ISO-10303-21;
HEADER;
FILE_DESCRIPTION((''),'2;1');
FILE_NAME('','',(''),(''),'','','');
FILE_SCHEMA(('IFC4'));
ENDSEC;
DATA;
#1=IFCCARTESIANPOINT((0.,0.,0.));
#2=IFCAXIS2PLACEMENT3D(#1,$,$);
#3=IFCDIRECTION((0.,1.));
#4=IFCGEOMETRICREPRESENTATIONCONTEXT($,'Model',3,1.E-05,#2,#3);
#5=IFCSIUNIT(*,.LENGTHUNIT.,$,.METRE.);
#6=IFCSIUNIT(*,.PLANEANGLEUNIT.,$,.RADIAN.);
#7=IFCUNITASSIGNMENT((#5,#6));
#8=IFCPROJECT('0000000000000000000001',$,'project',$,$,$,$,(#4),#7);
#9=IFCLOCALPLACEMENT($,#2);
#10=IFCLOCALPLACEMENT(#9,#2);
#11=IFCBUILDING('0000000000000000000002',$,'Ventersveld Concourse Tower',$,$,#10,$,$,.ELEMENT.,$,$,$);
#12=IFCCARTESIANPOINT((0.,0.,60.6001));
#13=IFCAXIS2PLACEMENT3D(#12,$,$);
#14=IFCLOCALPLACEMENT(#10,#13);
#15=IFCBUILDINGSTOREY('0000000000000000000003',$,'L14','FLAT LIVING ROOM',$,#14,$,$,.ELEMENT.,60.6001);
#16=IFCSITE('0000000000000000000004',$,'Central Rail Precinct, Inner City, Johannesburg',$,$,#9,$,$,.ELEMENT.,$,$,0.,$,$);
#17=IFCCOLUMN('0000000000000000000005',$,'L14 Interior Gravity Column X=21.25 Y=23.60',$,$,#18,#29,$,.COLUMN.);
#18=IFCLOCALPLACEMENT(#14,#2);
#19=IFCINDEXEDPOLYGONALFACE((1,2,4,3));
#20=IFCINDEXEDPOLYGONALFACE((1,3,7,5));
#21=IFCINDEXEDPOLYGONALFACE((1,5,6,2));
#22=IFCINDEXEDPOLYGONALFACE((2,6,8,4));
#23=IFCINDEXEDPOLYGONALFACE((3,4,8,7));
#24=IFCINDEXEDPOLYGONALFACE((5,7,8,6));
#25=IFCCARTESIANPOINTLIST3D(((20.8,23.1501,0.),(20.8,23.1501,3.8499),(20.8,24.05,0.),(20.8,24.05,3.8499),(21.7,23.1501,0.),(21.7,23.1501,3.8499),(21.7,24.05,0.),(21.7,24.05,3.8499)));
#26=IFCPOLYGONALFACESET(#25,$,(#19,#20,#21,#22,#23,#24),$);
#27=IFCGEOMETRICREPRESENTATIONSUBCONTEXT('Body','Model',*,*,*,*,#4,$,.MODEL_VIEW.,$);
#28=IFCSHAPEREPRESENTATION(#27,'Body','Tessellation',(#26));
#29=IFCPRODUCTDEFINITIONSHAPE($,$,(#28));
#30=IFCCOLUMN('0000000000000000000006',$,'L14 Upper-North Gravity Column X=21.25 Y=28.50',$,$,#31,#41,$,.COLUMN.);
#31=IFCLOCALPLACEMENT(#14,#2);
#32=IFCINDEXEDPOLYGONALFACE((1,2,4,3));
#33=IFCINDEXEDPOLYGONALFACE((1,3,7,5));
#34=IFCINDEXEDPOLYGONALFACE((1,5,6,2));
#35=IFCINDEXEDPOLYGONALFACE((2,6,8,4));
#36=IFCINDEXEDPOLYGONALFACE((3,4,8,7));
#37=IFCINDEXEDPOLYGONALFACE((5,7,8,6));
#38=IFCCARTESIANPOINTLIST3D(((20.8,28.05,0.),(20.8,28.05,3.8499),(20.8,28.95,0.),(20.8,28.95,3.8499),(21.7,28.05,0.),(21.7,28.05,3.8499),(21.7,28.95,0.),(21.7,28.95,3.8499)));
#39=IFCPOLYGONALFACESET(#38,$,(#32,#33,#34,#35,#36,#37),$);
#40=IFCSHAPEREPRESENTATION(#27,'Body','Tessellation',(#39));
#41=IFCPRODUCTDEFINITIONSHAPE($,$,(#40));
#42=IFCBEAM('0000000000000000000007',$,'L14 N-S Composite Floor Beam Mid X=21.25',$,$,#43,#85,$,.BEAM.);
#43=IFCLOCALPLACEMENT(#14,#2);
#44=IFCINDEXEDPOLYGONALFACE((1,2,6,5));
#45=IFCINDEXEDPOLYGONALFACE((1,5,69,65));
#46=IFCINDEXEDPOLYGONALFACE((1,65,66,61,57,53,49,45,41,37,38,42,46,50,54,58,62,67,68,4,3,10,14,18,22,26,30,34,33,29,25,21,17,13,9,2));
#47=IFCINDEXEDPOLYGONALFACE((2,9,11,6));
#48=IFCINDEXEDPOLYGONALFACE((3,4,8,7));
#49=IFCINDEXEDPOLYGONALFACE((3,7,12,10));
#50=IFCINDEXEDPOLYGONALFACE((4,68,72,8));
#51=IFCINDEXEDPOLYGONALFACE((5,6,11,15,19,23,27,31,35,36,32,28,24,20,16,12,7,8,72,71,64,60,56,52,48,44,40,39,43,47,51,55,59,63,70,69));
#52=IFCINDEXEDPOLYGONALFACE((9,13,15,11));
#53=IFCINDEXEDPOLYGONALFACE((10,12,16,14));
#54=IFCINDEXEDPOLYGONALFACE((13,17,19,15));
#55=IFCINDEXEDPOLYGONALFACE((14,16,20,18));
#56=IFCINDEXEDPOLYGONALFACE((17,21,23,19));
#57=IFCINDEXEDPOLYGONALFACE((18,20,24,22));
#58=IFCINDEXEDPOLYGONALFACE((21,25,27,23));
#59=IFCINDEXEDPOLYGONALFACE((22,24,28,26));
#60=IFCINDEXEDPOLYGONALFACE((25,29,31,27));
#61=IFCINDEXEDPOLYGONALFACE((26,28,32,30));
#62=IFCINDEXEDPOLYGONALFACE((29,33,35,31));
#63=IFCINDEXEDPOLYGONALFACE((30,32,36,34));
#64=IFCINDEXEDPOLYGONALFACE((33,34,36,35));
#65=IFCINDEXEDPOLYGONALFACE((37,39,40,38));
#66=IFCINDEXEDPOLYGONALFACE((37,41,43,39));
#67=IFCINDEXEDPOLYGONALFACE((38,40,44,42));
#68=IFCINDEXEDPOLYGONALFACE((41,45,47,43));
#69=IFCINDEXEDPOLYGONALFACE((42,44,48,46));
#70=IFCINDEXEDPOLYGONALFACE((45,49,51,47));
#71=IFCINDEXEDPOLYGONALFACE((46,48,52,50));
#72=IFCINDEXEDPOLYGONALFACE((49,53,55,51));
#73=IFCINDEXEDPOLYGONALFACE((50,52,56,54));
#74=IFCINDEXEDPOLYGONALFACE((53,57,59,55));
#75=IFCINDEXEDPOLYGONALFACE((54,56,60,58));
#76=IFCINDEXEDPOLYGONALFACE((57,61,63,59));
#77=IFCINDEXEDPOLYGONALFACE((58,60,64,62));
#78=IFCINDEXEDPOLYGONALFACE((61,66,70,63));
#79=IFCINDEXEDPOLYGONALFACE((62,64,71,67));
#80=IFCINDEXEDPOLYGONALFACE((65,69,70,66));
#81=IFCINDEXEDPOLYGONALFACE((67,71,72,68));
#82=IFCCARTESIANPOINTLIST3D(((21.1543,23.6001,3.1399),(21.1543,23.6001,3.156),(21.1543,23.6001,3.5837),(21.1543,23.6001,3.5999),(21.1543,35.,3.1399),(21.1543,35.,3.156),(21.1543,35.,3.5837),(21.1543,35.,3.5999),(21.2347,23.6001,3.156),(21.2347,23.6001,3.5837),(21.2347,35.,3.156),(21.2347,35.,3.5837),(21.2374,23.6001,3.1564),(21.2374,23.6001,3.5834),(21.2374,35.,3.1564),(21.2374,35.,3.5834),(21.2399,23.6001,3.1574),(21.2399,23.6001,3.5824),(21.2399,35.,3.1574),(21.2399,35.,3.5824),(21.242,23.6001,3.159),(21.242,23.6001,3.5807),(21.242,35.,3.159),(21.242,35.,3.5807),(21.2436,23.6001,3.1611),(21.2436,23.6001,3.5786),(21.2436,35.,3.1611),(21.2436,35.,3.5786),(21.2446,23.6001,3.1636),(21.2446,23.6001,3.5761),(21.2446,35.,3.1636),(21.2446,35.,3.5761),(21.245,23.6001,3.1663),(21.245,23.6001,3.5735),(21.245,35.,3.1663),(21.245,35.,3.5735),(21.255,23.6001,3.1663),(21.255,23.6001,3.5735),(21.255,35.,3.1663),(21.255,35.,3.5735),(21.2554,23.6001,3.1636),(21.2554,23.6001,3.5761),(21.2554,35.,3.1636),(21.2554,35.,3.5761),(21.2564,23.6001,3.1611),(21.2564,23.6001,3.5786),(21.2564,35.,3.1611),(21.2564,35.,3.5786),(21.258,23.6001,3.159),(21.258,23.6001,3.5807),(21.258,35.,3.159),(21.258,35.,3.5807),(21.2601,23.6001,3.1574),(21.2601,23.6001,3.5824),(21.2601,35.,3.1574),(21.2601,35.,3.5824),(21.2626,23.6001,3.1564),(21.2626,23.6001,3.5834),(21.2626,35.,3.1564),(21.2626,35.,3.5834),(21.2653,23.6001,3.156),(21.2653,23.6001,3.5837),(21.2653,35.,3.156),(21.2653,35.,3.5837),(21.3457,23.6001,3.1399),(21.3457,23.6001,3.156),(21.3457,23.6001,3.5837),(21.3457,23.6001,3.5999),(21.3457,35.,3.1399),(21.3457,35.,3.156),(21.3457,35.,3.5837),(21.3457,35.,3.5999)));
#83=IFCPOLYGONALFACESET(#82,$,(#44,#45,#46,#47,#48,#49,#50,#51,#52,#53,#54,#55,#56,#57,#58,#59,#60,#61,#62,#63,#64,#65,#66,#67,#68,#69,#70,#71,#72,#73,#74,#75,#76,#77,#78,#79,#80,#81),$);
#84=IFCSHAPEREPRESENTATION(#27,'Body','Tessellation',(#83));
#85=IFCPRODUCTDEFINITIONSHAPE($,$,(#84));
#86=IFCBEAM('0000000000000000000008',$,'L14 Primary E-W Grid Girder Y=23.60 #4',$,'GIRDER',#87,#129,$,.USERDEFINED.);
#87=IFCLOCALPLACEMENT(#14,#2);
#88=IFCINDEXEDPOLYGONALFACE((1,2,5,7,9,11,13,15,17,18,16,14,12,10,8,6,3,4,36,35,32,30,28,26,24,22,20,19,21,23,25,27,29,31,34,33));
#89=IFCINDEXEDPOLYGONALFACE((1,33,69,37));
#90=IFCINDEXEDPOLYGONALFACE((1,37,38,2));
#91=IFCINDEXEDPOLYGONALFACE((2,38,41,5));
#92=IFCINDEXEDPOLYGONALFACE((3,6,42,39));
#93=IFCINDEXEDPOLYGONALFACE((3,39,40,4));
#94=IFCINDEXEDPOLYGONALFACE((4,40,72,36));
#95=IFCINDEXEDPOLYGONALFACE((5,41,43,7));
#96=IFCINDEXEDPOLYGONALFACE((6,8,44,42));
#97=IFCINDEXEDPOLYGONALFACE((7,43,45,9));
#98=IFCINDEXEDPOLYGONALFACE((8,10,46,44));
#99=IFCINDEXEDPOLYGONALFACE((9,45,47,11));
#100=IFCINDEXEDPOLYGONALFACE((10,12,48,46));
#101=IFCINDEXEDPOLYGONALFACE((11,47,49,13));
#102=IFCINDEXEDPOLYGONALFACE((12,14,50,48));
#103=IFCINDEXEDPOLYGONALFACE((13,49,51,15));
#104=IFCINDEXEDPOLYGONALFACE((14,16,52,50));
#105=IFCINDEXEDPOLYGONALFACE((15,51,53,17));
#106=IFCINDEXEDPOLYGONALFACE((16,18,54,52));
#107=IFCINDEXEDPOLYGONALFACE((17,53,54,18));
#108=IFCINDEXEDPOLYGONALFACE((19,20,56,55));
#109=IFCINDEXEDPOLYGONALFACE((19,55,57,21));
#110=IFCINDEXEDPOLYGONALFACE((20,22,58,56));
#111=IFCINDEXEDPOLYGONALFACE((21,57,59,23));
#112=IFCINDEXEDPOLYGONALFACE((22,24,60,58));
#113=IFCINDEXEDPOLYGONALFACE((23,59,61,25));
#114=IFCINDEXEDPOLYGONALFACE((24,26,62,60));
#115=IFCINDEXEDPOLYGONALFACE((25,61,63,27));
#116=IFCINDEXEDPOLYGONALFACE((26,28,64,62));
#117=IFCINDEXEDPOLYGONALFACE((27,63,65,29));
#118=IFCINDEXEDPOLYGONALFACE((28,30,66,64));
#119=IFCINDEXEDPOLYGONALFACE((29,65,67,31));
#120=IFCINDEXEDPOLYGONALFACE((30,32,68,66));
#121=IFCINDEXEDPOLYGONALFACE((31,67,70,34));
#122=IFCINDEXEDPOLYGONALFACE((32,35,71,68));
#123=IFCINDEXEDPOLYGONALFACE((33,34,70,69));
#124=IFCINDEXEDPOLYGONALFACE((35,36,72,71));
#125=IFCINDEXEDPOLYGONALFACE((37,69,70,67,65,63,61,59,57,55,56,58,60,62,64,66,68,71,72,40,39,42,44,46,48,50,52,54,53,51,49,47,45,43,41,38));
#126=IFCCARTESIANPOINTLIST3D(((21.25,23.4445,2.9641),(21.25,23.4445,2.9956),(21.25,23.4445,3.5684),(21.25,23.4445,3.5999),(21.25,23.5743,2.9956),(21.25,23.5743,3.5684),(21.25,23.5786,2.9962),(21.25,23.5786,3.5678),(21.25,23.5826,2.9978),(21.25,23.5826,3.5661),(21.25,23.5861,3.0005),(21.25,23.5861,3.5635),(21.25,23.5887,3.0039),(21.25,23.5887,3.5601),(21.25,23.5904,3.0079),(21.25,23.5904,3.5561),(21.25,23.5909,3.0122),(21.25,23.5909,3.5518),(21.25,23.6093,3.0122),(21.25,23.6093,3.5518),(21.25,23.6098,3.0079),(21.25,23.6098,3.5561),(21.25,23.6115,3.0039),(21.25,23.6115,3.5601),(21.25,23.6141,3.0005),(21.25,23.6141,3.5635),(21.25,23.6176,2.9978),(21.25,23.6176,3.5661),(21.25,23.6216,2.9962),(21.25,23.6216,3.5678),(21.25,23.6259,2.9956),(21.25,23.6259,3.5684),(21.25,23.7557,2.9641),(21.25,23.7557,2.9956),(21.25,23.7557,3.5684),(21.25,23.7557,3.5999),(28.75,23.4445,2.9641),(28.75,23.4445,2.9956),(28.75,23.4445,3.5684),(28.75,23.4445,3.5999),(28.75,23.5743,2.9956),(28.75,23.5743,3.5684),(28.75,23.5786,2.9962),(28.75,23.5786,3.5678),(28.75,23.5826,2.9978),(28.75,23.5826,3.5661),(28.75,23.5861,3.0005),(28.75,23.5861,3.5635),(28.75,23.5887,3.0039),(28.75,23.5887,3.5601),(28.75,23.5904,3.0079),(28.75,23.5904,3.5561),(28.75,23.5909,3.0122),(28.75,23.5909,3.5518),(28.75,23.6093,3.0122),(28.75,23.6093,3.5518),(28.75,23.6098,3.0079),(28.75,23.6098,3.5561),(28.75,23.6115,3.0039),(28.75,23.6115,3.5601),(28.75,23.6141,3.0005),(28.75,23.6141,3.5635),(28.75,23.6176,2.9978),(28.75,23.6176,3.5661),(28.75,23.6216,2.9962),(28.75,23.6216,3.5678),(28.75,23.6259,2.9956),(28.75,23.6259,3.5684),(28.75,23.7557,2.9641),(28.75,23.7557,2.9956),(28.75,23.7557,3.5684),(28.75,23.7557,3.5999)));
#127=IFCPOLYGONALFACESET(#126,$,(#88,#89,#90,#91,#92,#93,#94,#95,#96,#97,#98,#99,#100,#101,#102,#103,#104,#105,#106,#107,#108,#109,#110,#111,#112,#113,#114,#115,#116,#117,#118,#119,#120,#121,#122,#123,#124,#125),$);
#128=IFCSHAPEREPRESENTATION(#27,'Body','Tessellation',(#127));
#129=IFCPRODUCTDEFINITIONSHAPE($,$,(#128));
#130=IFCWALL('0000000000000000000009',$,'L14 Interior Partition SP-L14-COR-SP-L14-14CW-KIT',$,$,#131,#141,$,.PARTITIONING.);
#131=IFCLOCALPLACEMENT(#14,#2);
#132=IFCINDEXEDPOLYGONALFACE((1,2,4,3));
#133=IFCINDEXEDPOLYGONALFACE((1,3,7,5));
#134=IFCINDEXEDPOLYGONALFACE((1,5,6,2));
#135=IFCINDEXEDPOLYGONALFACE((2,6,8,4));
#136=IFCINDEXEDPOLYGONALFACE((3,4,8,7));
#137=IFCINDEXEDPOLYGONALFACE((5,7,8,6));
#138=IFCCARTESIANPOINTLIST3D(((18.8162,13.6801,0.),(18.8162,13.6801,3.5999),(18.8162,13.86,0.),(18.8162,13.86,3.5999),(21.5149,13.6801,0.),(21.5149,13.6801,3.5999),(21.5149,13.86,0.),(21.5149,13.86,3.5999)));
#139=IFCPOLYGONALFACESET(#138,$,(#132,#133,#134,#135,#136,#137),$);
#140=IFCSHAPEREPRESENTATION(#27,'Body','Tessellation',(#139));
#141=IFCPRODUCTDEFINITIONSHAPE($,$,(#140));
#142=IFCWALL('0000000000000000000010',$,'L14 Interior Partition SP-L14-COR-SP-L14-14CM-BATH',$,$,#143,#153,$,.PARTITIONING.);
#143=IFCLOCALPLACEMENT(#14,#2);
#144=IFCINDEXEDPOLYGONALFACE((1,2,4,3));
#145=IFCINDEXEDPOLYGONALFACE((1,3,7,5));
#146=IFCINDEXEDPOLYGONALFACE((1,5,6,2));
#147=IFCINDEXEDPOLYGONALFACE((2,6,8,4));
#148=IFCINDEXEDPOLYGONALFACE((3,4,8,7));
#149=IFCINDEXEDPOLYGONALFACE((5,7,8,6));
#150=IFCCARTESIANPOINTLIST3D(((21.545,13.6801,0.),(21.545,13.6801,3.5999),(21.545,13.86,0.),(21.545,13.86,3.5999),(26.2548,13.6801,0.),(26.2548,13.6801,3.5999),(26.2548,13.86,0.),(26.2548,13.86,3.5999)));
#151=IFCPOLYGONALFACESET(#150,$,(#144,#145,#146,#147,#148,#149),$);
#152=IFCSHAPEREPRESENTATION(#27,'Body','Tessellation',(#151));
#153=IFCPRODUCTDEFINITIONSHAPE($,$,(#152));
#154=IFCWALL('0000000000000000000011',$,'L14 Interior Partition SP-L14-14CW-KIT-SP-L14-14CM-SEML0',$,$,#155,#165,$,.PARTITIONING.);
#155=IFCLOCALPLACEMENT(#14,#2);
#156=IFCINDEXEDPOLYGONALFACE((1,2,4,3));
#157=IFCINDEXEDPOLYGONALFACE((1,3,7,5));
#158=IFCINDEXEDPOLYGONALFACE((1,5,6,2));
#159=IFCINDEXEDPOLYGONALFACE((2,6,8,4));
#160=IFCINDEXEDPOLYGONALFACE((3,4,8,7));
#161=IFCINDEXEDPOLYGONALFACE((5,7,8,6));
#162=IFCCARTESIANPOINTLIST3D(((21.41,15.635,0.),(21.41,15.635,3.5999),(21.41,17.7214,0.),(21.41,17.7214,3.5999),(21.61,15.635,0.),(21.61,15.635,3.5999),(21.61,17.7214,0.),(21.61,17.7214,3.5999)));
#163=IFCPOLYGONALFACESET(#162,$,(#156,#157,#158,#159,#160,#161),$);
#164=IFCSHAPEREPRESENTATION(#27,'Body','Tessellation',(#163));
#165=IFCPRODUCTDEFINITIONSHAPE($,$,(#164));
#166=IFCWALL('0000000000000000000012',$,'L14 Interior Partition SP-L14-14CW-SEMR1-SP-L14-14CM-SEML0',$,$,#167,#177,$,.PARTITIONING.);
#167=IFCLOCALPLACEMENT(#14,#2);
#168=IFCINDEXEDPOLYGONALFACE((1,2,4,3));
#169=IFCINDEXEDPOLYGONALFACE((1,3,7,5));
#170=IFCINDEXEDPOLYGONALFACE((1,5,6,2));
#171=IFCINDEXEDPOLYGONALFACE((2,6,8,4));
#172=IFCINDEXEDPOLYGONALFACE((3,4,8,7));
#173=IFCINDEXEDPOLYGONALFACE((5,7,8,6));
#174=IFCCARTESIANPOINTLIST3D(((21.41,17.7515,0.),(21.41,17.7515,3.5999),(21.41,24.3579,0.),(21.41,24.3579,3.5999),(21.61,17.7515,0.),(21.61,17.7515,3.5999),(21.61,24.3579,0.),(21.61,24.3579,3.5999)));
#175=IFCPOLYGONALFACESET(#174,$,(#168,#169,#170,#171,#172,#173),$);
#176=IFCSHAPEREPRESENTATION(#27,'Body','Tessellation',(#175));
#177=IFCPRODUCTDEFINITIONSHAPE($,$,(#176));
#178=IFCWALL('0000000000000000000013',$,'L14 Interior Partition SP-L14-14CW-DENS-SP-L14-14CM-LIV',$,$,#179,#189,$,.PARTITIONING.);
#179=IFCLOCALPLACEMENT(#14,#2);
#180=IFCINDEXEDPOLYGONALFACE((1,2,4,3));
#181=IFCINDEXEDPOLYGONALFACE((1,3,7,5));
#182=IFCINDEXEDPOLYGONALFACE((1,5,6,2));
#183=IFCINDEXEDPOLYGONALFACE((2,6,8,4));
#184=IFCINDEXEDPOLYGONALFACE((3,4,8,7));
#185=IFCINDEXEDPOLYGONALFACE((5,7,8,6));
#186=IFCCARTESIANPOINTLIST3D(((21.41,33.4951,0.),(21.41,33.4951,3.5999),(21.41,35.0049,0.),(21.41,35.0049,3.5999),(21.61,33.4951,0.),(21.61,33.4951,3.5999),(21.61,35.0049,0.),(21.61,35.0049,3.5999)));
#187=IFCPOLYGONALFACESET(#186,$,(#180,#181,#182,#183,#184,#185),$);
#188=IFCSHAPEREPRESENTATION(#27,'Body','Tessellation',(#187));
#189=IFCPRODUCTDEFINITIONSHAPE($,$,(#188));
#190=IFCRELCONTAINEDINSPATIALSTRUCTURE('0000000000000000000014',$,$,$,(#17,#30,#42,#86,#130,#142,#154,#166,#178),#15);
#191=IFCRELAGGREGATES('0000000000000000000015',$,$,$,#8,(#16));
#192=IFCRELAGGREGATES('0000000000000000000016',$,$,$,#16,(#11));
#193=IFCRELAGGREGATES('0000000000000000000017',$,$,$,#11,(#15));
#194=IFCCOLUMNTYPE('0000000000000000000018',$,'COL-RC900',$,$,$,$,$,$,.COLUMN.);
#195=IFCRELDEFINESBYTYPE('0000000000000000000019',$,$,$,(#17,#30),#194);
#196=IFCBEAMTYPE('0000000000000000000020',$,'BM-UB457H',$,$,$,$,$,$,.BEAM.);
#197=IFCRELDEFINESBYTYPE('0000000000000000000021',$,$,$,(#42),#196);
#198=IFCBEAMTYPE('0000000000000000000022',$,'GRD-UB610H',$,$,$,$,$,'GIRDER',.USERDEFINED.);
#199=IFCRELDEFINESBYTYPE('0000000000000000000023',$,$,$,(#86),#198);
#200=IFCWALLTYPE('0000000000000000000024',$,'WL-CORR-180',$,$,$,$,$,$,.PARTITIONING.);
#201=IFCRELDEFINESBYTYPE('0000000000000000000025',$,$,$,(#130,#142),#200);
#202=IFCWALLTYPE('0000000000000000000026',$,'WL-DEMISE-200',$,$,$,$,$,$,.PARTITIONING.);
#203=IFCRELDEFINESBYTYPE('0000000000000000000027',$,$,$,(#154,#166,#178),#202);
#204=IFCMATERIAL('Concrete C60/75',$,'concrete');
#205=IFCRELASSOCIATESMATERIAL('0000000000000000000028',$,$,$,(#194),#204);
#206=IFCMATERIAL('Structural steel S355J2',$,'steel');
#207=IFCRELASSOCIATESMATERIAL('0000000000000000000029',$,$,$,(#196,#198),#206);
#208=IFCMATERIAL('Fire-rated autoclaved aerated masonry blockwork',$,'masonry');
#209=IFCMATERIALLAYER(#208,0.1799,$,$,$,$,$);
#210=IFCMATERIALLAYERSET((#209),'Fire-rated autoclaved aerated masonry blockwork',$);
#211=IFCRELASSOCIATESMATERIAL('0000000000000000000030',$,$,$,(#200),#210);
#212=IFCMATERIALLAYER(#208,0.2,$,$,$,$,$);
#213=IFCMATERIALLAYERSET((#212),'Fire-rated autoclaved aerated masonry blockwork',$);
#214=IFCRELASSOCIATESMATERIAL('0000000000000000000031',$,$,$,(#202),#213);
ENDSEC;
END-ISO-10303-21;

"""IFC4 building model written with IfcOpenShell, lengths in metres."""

from ifc_helpers import new_model, si_unit, direction, frame, frame_2d, origin, origin_2d, place, context, subcontext, project, spatial, rectangle, i_section, extrude, material, layer, layer_set, material_profile, profile_set, type_object, element, save


model = new_model("IFC4")

# Units and contexts
model_context = context("Model", 3, precision=1e-05, world=origin(), true_north=direction((0.0, 1.0)))
body_context = subcontext(model_context, "Body", "Model", "MODEL_VIEW")
ifc_project = project(units=[si_unit("LENGTHUNIT", "METRE"), si_unit("PLANEANGLEUNIT", "RADIAN")], contexts=[model_context])

# Site, building, storey
site_placement = place(None, origin())
site = spatial("IfcSite", under=ifc_project, at=site_placement, Name="Central Rail Precinct, Inner City, Johannesburg", CompositionType="ELEMENT", RefElevation=0.0)
building_placement = place(site_placement, origin())
building = spatial("IfcBuilding", under=site, at=building_placement, Name="Ventersveld Concourse Tower", CompositionType="ELEMENT")
storey_placement = place(building_placement, frame((0.0, 0.0, 60.6001)))
storey = spatial("IfcBuildingStorey", under=building, at=storey_placement, Name="L14", Description="FLAT LIVING ROOM", CompositionType="ELEMENT", Elevation=60.6001)

# Columns
ifc_material_1 = material(Name="Concrete C60/75", Category="concrete")
ifc_material_profile_1 = material_profile(ifc_material_1, rectangle(XDim=0.8999, YDim=0.8999, at=origin_2d()), Name="RC 900x900")
ifc_profile_set_1 = profile_set([ifc_material_profile_1], Name="Concrete C60/75")
column_type = type_object("IfcColumnType", Name="COL-RC900", PredefinedType="COLUMN", material=ifc_profile_set_1)
for number, where, z_axis, x_axis, name in (
    (1, (21.25, 23.6001, 0.0), (0.0, 0.0, 1.0), (1.0, 0.0, 0.0), "L14 Interior Gravity Column X=21.25 Y=23.60"),
    (2, (21.25, 28.5, 0.0), (0.0, 0.0, 1.0), (1.0, 0.0, 0.0), "L14 Upper-North Gravity Column X=21.25 Y=28.50"),
):
    element("IfcColumn", number, at=place(storey_placement, frame(where, z_axis=z_axis, x_axis=x_axis)), inside=storey, type_object=column_type, Name=name, PredefinedType="COLUMN", context=body_context, shape_type="SweptSolid", body=[
        extrude(rectangle(XDim=0.8999, YDim=0.8999, at=origin_2d()), origin(), (0.0, 0.0, 1.0), 3.8499),
    ])

# Beams
ifc_material_2 = material(Name="Structural steel S355J2", Category="steel")
ifc_material_profile_2 = material_profile(ifc_material_2, i_section(OverallWidth=0.1914, OverallDepth=0.46, WebThickness=0.01, FlangeThickness=0.0161, FilletRadius=0.0103, at=origin_2d()), Name="UB 457x191x82")
ifc_profile_set_2 = profile_set([ifc_material_profile_2], Name="Structural steel S355J2")
beam_type_1 = type_object("IfcBeamType", Name="BM-UB457H", PredefinedType="BEAM", material=ifc_profile_set_2)
beam_1_placement = place(storey_placement, frame((21.25, 23.6001, 3.3699), z_axis=(0.0, 1.0, 0.0), x_axis=(-1.0, 0.0, 0.0)))
element("IfcBeam", 3, at=beam_1_placement, inside=storey, type_object=beam_type_1, Name="L14 N-S Composite Floor Beam Mid X=21.25", PredefinedType="BEAM", context=body_context, shape_type="SweptSolid", body=[
    extrude(i_section(OverallWidth=0.1914, OverallDepth=0.46, WebThickness=0.01, FlangeThickness=0.0161, FilletRadius=0.0103, at=origin_2d()), origin(), (0.0, 0.0, 1.0), 11.3999),
])
ifc_material_profile_3 = material_profile(ifc_material_2, i_section(OverallWidth=0.3113, OverallDepth=0.6357, WebThickness=0.0183, FlangeThickness=0.0315, FilletRadius=0.0166, at=origin_2d()), Name="UB 610x305x238")
ifc_profile_set_3 = profile_set([ifc_material_profile_3], Name="Structural steel S355J2")
beam_type_2 = type_object("IfcBeamType", Name="GRD-UB610H", ElementType="GIRDER", PredefinedType="USERDEFINED", material=ifc_profile_set_3)
beam_2_placement = place(storey_placement, frame((21.25, 23.6001, 3.282), z_axis=(1.0, 0.0, 0.0), x_axis=(0.0, 1.0, 0.0)))
element("IfcBeam", 4, at=beam_2_placement, inside=storey, type_object=beam_type_2, Name="L14 Primary E-W Grid Girder Y=23.60 #4", ObjectType="GIRDER", PredefinedType="USERDEFINED", context=body_context, shape_type="SweptSolid", body=[
    extrude(i_section(OverallWidth=0.3113, OverallDepth=0.6357, WebThickness=0.0183, FlangeThickness=0.0315, FilletRadius=0.0166, at=origin_2d()), origin(), (0.0, 0.0, 1.0), 7.5),
])

# Wall
ifc_material_3 = material(Name="Fire-rated autoclaved aerated masonry blockwork", Category="masonry")
ifc_layer_1 = layer(ifc_material_3, 0.1799)
ifc_layer_set_1 = layer_set([ifc_layer_1], Name="Fire-rated autoclaved aerated masonry blockwork")
wall_type_1 = type_object("IfcWallType", Name="WL-CORR-180", PredefinedType="PARTITIONING", material=ifc_layer_set_1)
wall_1_placement = place(storey_placement, frame((18.8162, 13.77, 0.0), z_axis=(0.0, 0.0, 1.0), x_axis=(1.0, 0.0, 0.0)))
element("IfcWall", 5, at=wall_1_placement, inside=storey, type_object=wall_type_1, Name="L14 Interior Partition SP-L14-COR-SP-L14-14CW-KIT", PredefinedType="PARTITIONING", context=body_context, shape_type="SweptSolid", body=[
    extrude(rectangle(XDim=2.6987, YDim=0.1799, at=frame_2d((1.3494, 0.0))), origin(), (0.0, 0.0, 1.0), 3.5999),
])

# Walls
wall_2_placement = place(storey_placement, frame((21.5449, 13.77, 0.0), z_axis=(0.0, 0.0, 1.0), x_axis=(1.0, 0.0, 0.0)))
element("IfcWall", 6, at=wall_2_placement, inside=storey, type_object=wall_type_1, Name="L14 Interior Partition SP-L14-COR-SP-L14-14CM-BATH", PredefinedType="PARTITIONING", context=body_context, shape_type="SweptSolid", body=[
    extrude(rectangle(XDim=4.7097, YDim=0.1799, at=frame_2d((2.355, 0.0))), origin(), (0.0, 0.0, 1.0), 3.5999),
])
ifc_layer_2 = layer(ifc_material_3, 0.2)
ifc_layer_set_2 = layer_set([ifc_layer_2], Name="Fire-rated autoclaved aerated masonry blockwork")
wall_type_2 = type_object("IfcWallType", Name="WL-DEMISE-200", PredefinedType="PARTITIONING", material=ifc_layer_set_2)
wall_3_placement = place(storey_placement, frame((21.51, 15.635, 0.0), z_axis=(0.0, 0.0, 1.0), x_axis=(0.0, 1.0, 0.0)))
element("IfcWall", 7, at=wall_3_placement, inside=storey, type_object=wall_type_2, Name="L14 Interior Partition SP-L14-14CW-KIT-SP-L14-14CM-SEML0", PredefinedType="PARTITIONING", context=body_context, shape_type="SweptSolid", body=[
    extrude(rectangle(XDim=2.0864, YDim=0.2, at=frame_2d((1.0432, 0.0))), origin(), (0.0, 0.0, 1.0), 3.5999),
])
wall_4_placement = place(storey_placement, frame((21.51, 17.7515, 0.0), z_axis=(0.0, 0.0, 1.0), x_axis=(0.0, 1.0, 0.0)))
element("IfcWall", 8, at=wall_4_placement, inside=storey, type_object=wall_type_2, Name="L14 Interior Partition SP-L14-14CW-SEMR1-SP-L14-14CM-SEML0", PredefinedType="PARTITIONING", context=body_context, shape_type="SweptSolid", body=[
    extrude(rectangle(XDim=6.6064, YDim=0.2, at=frame_2d((3.3032, 0.0))), origin(), (0.0, 0.0, 1.0), 3.5999),
])
wall_5_placement = place(storey_placement, frame((21.51, 33.4951, 0.0), z_axis=(0.0, 0.0, 1.0), x_axis=(0.0, 1.0, 0.0)))
element("IfcWall", 9, at=wall_5_placement, inside=storey, type_object=wall_type_2, Name="L14 Interior Partition SP-L14-14CW-DENS-SP-L14-14CM-LIV", PredefinedType="PARTITIONING", context=body_context, shape_type="SweptSolid", body=[
    extrude(rectangle(XDim=1.5098, YDim=0.2, at=frame_2d((0.7549, 0.0))), origin(), (0.0, 0.0, 1.0), 3.5999),
])

save(model, "model.ifc")
